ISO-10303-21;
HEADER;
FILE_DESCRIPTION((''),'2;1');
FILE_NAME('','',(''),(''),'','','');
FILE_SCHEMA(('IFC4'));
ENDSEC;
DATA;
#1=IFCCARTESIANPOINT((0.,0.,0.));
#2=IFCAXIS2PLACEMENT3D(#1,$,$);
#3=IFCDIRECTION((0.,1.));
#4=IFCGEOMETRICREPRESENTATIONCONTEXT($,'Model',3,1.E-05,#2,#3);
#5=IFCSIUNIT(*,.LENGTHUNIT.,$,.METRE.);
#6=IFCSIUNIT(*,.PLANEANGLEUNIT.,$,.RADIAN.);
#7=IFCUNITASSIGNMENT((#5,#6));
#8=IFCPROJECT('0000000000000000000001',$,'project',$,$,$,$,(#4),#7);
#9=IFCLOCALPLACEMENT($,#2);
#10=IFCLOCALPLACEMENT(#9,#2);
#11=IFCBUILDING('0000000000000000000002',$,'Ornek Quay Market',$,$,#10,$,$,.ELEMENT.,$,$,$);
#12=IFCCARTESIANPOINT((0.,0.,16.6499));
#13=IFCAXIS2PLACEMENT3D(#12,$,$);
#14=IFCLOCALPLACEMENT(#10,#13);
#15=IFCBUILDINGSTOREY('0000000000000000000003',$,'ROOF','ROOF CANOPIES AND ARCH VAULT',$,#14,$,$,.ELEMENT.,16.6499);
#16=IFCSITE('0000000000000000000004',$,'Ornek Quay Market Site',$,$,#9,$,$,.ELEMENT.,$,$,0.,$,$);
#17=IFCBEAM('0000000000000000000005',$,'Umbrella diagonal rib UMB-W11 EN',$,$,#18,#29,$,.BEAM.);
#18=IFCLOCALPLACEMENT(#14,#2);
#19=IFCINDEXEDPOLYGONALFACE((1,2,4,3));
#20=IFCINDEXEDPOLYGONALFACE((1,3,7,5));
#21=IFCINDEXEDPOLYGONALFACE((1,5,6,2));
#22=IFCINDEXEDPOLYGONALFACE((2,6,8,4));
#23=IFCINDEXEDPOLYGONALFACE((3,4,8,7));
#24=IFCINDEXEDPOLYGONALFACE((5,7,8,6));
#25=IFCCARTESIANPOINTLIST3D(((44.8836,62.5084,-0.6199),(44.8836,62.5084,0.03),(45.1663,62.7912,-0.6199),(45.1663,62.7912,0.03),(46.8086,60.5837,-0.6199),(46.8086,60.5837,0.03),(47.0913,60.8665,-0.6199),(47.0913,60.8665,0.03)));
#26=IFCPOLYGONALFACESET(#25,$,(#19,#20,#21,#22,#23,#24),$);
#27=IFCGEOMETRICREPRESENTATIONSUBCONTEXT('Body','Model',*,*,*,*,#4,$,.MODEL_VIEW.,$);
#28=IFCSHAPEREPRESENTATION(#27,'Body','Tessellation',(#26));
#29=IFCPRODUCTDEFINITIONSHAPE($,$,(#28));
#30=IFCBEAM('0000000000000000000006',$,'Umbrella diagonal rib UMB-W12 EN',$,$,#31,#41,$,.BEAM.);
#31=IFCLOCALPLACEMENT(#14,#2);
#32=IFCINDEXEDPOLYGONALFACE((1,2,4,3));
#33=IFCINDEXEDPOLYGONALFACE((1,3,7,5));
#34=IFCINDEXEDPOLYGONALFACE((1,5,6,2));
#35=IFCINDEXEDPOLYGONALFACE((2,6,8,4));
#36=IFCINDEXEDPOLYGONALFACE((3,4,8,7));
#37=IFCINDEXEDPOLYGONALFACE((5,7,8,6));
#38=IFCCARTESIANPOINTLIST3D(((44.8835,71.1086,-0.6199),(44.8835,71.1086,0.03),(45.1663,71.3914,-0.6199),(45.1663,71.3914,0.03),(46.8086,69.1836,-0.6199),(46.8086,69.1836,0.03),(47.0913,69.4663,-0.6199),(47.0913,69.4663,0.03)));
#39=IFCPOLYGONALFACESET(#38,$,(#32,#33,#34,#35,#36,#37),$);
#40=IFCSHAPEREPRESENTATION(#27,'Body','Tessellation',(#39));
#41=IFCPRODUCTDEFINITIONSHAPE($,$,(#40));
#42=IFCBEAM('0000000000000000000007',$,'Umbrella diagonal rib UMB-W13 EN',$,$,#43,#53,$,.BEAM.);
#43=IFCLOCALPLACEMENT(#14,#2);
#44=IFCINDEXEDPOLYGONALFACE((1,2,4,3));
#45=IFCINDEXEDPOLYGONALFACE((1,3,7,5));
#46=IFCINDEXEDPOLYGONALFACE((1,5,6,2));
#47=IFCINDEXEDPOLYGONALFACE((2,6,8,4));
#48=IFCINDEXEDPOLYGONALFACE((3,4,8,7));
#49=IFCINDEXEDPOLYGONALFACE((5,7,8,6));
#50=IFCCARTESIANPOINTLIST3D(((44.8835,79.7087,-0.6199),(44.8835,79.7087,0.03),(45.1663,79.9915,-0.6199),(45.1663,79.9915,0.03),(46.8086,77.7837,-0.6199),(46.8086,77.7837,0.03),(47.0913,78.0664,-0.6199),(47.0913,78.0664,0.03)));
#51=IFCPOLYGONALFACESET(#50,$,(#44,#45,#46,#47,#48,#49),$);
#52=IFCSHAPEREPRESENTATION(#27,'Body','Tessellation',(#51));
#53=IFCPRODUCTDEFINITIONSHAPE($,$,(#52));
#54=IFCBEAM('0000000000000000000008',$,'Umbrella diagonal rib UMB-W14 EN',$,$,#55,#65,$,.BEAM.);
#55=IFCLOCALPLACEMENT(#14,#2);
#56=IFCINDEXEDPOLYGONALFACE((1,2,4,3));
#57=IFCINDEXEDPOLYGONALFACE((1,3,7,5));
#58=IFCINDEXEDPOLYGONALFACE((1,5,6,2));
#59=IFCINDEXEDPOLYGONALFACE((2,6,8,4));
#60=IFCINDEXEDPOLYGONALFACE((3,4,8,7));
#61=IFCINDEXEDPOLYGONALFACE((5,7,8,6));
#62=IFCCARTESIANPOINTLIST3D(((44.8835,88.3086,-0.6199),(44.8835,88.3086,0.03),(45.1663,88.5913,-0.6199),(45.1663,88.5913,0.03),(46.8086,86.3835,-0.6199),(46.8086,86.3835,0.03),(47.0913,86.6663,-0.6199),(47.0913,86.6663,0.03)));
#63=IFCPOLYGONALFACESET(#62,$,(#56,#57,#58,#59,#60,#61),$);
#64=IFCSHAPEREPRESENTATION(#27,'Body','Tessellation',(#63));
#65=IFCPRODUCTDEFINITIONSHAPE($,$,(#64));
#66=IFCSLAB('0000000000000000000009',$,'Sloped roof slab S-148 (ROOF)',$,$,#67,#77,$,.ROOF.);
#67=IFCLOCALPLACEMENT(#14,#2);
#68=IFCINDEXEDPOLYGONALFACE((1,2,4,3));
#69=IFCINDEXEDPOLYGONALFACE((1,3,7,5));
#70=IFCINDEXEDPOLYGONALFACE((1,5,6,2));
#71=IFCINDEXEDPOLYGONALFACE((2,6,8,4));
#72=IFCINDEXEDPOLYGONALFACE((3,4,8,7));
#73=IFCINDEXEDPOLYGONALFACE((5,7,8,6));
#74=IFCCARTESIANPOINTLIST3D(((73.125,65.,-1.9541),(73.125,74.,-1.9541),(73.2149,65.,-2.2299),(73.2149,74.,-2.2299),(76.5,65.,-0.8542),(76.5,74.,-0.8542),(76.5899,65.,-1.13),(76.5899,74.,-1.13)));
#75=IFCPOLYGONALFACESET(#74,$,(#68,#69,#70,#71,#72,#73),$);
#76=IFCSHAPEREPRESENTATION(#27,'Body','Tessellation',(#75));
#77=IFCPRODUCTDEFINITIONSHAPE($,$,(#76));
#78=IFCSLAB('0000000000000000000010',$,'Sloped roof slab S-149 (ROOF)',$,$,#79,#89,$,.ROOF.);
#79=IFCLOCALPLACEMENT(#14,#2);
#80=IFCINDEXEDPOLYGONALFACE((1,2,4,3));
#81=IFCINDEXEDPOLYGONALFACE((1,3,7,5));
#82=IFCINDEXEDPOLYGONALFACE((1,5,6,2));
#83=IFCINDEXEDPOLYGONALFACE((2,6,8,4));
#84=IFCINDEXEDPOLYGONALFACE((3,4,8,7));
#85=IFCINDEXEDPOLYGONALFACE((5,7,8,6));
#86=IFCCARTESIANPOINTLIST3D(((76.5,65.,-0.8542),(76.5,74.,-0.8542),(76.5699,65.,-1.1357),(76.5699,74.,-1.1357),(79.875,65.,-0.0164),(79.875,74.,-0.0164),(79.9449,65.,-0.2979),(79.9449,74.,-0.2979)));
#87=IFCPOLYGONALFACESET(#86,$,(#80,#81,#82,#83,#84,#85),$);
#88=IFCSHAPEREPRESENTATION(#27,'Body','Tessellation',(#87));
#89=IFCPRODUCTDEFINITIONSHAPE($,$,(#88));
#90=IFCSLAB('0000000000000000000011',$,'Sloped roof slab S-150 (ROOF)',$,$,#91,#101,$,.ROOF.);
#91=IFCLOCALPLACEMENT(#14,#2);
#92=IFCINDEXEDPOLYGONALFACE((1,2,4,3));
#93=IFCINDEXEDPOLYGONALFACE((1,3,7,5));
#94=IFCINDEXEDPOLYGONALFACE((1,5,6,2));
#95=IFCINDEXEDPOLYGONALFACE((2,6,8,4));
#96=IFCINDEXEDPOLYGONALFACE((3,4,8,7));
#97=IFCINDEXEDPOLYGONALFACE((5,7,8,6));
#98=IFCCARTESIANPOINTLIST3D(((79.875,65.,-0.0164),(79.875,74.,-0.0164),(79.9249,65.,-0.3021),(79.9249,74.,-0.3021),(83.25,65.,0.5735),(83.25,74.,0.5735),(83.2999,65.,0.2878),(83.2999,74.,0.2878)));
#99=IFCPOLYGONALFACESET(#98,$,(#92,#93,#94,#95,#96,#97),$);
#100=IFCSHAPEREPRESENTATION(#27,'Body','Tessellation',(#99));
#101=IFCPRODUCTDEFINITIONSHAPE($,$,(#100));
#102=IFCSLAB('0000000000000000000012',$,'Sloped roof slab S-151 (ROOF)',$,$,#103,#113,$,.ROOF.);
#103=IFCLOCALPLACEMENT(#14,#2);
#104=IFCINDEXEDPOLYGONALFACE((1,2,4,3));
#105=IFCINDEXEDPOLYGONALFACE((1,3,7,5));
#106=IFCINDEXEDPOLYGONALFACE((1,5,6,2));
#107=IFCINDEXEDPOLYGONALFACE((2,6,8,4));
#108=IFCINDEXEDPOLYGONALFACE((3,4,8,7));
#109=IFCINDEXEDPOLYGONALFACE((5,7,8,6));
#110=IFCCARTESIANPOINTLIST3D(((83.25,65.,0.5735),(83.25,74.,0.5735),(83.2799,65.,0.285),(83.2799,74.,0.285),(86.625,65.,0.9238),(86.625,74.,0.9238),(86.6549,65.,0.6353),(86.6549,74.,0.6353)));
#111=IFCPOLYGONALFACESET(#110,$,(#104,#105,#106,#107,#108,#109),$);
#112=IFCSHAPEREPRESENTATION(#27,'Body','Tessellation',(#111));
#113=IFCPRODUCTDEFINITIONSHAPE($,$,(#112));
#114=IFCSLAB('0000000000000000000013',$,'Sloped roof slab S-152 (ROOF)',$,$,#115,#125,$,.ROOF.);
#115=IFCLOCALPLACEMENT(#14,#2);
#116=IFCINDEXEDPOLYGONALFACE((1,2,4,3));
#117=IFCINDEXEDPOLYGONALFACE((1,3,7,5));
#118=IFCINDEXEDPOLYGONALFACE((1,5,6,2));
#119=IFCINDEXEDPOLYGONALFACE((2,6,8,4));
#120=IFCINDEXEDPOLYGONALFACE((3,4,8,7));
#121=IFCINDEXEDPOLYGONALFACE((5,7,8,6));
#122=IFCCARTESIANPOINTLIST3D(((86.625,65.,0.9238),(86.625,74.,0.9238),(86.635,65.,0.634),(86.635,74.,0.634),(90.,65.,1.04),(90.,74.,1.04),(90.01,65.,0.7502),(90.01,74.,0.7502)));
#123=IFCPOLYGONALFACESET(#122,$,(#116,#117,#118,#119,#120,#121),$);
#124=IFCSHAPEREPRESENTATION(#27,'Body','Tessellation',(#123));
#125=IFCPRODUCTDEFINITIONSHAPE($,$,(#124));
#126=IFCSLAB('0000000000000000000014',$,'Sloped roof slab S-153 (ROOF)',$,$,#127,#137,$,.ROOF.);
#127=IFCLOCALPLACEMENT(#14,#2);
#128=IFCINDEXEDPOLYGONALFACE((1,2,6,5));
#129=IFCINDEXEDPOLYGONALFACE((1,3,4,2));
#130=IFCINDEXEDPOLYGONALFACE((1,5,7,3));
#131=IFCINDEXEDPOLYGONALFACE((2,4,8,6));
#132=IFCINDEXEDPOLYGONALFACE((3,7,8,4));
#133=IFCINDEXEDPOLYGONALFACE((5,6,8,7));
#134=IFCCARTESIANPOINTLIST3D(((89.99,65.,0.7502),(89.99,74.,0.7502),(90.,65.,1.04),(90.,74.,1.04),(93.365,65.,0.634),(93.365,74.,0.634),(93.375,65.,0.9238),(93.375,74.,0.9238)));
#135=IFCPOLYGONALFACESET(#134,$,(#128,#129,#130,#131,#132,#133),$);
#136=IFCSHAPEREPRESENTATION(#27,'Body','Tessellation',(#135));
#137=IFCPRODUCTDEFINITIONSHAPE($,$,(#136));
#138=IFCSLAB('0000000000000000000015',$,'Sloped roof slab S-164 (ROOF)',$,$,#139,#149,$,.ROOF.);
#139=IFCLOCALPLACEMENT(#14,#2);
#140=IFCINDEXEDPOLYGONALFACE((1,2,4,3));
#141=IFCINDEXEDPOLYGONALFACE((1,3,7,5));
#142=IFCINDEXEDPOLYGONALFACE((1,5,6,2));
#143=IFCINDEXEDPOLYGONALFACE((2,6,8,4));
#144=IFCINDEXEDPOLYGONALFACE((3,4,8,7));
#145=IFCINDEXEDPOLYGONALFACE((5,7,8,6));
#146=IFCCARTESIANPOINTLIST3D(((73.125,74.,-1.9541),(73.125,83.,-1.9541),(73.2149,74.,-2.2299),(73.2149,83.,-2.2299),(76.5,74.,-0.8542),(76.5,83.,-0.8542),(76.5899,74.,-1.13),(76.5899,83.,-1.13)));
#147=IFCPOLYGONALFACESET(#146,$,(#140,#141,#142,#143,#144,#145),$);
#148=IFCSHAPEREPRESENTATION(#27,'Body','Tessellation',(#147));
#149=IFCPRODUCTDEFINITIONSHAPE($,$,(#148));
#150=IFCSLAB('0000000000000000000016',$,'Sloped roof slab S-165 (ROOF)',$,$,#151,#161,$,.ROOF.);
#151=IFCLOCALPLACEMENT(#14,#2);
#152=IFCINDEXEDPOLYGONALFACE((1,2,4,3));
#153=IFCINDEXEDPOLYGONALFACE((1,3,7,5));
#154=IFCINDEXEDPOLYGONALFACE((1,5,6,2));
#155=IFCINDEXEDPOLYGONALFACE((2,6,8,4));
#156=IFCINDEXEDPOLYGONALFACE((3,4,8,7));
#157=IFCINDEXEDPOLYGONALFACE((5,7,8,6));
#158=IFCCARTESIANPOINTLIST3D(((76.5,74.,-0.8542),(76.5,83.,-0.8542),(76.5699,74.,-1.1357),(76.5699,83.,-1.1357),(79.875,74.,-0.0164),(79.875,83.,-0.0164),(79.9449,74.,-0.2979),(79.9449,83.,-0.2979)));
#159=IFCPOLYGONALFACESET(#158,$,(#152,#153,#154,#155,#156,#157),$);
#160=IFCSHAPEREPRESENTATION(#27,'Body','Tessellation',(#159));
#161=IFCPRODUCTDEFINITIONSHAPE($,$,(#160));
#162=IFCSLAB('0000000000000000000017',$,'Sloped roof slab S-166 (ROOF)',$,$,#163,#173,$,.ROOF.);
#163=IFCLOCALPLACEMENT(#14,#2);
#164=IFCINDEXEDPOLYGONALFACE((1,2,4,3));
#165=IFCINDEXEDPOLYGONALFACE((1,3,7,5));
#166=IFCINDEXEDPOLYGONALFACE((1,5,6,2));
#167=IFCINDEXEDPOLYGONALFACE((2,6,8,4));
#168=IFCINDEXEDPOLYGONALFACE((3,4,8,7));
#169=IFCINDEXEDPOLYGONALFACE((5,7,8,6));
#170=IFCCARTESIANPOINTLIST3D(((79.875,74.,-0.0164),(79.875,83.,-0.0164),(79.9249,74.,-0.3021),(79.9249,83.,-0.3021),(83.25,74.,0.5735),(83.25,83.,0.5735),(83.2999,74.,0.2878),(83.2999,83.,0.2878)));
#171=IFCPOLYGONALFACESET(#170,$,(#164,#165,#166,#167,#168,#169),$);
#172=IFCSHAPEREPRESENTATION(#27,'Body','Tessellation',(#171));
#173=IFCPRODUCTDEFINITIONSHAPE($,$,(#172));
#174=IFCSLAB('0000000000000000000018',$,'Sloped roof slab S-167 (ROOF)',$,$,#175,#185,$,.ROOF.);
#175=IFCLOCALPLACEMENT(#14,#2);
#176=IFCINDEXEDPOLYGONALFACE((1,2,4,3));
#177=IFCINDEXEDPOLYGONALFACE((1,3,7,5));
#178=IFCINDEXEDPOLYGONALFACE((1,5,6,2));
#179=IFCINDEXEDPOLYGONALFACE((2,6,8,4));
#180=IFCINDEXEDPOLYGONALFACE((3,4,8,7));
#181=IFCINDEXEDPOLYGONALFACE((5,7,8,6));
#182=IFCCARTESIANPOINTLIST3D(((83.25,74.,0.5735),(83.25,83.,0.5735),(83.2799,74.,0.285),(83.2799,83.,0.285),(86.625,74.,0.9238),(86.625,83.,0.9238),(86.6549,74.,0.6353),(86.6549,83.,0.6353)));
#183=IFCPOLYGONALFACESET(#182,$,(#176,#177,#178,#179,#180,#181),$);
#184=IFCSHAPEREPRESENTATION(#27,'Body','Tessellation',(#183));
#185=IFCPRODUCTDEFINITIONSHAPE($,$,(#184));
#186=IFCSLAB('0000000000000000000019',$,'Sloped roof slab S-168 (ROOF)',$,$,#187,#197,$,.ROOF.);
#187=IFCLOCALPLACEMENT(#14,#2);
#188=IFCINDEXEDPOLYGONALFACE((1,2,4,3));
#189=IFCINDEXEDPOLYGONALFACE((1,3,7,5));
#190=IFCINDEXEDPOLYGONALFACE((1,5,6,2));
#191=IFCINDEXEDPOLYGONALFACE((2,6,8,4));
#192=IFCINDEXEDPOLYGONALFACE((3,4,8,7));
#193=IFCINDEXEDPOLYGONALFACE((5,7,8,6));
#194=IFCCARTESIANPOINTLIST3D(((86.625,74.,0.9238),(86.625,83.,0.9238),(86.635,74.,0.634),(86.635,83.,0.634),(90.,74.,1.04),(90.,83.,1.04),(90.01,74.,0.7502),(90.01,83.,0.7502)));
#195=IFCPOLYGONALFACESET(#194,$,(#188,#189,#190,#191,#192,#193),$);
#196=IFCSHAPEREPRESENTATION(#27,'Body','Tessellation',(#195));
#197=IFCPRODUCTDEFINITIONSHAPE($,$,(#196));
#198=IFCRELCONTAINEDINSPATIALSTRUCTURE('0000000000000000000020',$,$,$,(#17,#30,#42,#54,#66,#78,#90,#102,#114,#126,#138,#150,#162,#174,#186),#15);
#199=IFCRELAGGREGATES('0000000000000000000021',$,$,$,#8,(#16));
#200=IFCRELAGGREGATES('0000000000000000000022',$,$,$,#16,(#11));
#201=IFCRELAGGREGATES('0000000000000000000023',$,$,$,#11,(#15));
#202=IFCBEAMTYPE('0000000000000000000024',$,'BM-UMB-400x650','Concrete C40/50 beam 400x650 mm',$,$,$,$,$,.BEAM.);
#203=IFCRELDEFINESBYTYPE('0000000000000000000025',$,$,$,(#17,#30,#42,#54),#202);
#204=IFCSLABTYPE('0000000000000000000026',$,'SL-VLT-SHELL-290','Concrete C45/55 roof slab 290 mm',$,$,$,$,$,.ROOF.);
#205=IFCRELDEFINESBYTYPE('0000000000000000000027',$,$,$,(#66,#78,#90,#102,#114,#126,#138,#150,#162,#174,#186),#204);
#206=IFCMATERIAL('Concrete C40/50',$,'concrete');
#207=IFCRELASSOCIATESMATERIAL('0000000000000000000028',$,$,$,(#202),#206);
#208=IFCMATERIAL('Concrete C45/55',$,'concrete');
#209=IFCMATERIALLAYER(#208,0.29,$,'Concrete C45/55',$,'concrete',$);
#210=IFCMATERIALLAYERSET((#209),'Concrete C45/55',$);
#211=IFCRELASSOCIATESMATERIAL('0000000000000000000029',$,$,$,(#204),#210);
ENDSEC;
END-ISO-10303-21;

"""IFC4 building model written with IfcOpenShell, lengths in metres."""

from ifc_helpers import new_model, si_unit, direction, frame, origin, origin_2d, place, context, subcontext, project, spatial, polyline, rectangle, outline, extrude, material, layer, layer_set, material_profile, profile_set, type_object, element, save


model = new_model("IFC4")

# Units and contexts
model_context = context("Model", 3, precision=1e-05, world=origin(), true_north=direction((0.0, 1.0)))
body_context = subcontext(model_context, "Body", "Model", "MODEL_VIEW")
ifc_project = project(units=[si_unit("LENGTHUNIT", "METRE"), si_unit("PLANEANGLEUNIT", "RADIAN")], contexts=[model_context])

# Site, building, storey
site_placement = place(None, origin())
site = spatial("IfcSite", under=ifc_project, at=site_placement, Name="Ornek Quay Market Site", CompositionType="ELEMENT", RefElevation=0.0)
building_placement = place(site_placement, origin())
building = spatial("IfcBuilding", under=site, at=building_placement, Name="Ornek Quay Market", CompositionType="ELEMENT")
storey_placement = place(building_placement, frame((0.0, 0.0, 16.6499)))
storey = spatial("IfcBuildingStorey", under=building, at=storey_placement, Name="ROOF", Description="ROOF CANOPIES AND ARCH VAULT", CompositionType="ELEMENT", Elevation=16.6499)

# Beams
ifc_material_1 = material(Name="Concrete C40/50", Category="concrete")
ifc_material_profile = material_profile(ifc_material_1, rectangle(XDim=0.3999, YDim=0.6499, at=origin_2d()), Name="RC 400x650", Category="concrete")
ifc_profile_set = profile_set([ifc_material_profile], Name="Concrete C40/50")
beam_type = type_object("IfcBeamType", Name="BM-UMB-400x650", Description="Concrete C40/50 beam 400x650 mm", PredefinedType="BEAM", material=ifc_profile_set)
beam_placement = place(storey_placement, frame((46.95, 60.7251, -0.2949), z_axis=(-0.707152, 0.707062, 0.0), x_axis=(-0.707062, -0.707152, 0.0)))
element("IfcBeam", 1, at=beam_placement, inside=storey, type_object=beam_type, Name="Umbrella diagonal rib UMB-W11 EN", PredefinedType="BEAM", context=body_context, shape_type="SweptSolid", body=[
    extrude(rectangle(XDim=0.3999, YDim=0.6499, at=origin_2d()), origin(), (0.0, 0.0, 1.0), 2.7222),
])
for number, where, z_axis, x_axis, name in (
    (2, (46.95, 69.325, -0.2949), (-0.707107, 0.707107, 0.0), (-0.707107, -0.707107, 0.0), "Umbrella diagonal rib UMB-W12 EN"),
    (3, (46.95, 77.925, -0.2949), (-0.707107, 0.707107, 0.0), (-0.707107, -0.707107, 0.0), "Umbrella diagonal rib UMB-W13 EN"),
    (4, (46.95, 86.5249, -0.2949), (-0.707107, 0.707107, 0.0), (-0.707107, -0.707107, 0.0), "Umbrella diagonal rib UMB-W14 EN"),
):
    element("IfcBeam", number, at=place(storey_placement, frame(where, z_axis=z_axis, x_axis=x_axis)), inside=storey, type_object=beam_type, Name=name, PredefinedType="BEAM", context=body_context, shape_type="SweptSolid", body=[
        extrude(rectangle(XDim=0.3999, YDim=0.6499, at=origin_2d()), origin(), (0.0, 0.0, 1.0), 2.7224),
    ])

# Slabs
ifc_material_2 = material(Name="Concrete C45/55", Category="concrete")
ifc_layer = layer(ifc_material_2, 0.29, Name="Concrete C45/55", Category="concrete")
ifc_layer_set = layer_set([ifc_layer], Name="Concrete C45/55")
slab_type = type_object("IfcSlabType", Name="SL-VLT-SHELL-290", Description="Concrete C45/55 roof slab 290 mm", PredefinedType="ROOF", material=ifc_layer_set)
slab_1_placement = place(storey_placement, frame((73.125, 65.0, -1.9541), z_axis=(-0.309845, 0.0, 0.950787), x_axis=(0.950787, 0.0, 0.309845)))
element("IfcSlab", 5, at=slab_1_placement, inside=storey, type_object=slab_type, Name="Sloped roof slab S-148 (ROOF)", PredefinedType="ROOF", context=body_context, shape_type="SweptSolid", body=[
    extrude(outline(polyline([(0.0, 0.0), (3.5497, 0.0), (3.5497, 9.0), (0.0, 9.0), (0.0, 0.0)])), origin(), (0.0, 0.0, -1.0), 0.29),
])
slab_2_placement = place(storey_placement, frame((76.5, 65.0, -0.8542), z_axis=(-0.240949, 0.0, 0.970538), x_axis=(0.970538, 0.0, 0.240949)))
element("IfcSlab", 6, at=slab_2_placement, inside=storey, type_object=slab_type, Name="Sloped roof slab S-149 (ROOF)", PredefinedType="ROOF", context=body_context, shape_type="SweptSolid", body=[
    extrude(outline(polyline([(0.0, 0.0), (3.4775, 0.0), (3.4775, 9.0), (0.0, 9.0), (0.0, 0.0)])), origin(), (0.0, 0.0, -1.0), 0.29),
])
slab_3_placement = place(storey_placement, frame((79.875, 65.0, -0.0164), z_axis=(-0.172159, 0.0, 0.985069), x_axis=(0.985069, 0.0, 0.172159)))
element("IfcSlab", 7, at=slab_3_placement, inside=storey, type_object=slab_type, Name="Sloped roof slab S-150 (ROOF)", PredefinedType="ROOF", context=body_context, shape_type="SweptSolid", body=[
    extrude(outline(polyline([(0.0, 0.0), (3.4262, 0.0), (3.4262, 9.0), (0.0, 9.0), (0.0, 0.0)])), origin(), (0.0, 0.0, -1.0), 0.29),
])
slab_4_placement = place(storey_placement, frame((83.25, 65.0, 0.5735), z_axis=(-0.10325, 0.0, 0.994655), x_axis=(0.994655, 0.0, 0.10325)))
element("IfcSlab", 8, at=slab_4_placement, inside=storey, type_object=slab_type, Name="Sloped roof slab S-151 (ROOF)", PredefinedType="ROOF", context=body_context, shape_type="SweptSolid", body=[
    extrude(outline(polyline([(0.0, 0.0), (3.3931, 0.0), (3.3931, 9.0), (0.0, 9.0), (0.0, 0.0)])), origin(), (0.0, 0.0, -1.0), 0.29),
])
for number, where, z_axis, x_axis, name in (
    (9, (86.625, 65.0, 0.9238), (-0.034412, 0.0, 0.999408), (0.999408, 0.0, 0.034412), "Sloped roof slab S-152 (ROOF)"),
    (10, (90.0, 65.0, 1.04), (0.034412, 0.0, 0.999408), (0.999408, 0.0, -0.034412), "Sloped roof slab S-153 (ROOF)"),
):
    element("IfcSlab", number, at=place(storey_placement, frame(where, z_axis=z_axis, x_axis=x_axis)), inside=storey, type_object=slab_type, Name=name, PredefinedType="ROOF", context=body_context, shape_type="SweptSolid", body=[
        extrude(outline(polyline([(0.0, 0.0), (3.377, 0.0), (3.377, 9.0), (0.0, 9.0), (0.0, 0.0)])), origin(), (0.0, 0.0, -1.0), 0.29),
    ])
slab_5_placement = place(storey_placement, frame((73.125, 74.0, -1.9541), z_axis=(-0.309845, 0.0, 0.950787), x_axis=(0.950787, 0.0, 0.309845)))
element("IfcSlab", 11, at=slab_5_placement, inside=storey, type_object=slab_type, Name="Sloped roof slab S-164 (ROOF)", PredefinedType="ROOF", context=body_context, shape_type="SweptSolid", body=[
    extrude(outline(polyline([(0.0, 0.0), (3.5497, 0.0), (3.5497, 9.0), (0.0, 9.0), (0.0, 0.0)])), origin(), (0.0, 0.0, -1.0), 0.29),
])
slab_6_placement = place(storey_placement, frame((76.5, 74.0, -0.8542), z_axis=(-0.240949, 0.0, 0.970538), x_axis=(0.970538, 0.0, 0.240949)))
element("IfcSlab", 12, at=slab_6_placement, inside=storey, type_object=slab_type, Name="Sloped roof slab S-165 (ROOF)", PredefinedType="ROOF", context=body_context, shape_type="SweptSolid", body=[
    extrude(outline(polyline([(0.0, 0.0), (3.4775, 0.0), (3.4775, 9.0), (0.0, 9.0), (0.0, 0.0)])), origin(), (0.0, 0.0, -1.0), 0.29),
])
slab_7_placement = place(storey_placement, frame((79.875, 74.0, -0.0164), z_axis=(-0.172159, 0.0, 0.985069), x_axis=(0.985069, 0.0, 0.172159)))
element("IfcSlab", 13, at=slab_7_placement, inside=storey, type_object=slab_type, Name="Sloped roof slab S-166 (ROOF)", PredefinedType="ROOF", context=body_context, shape_type="SweptSolid", body=[
    extrude(outline(polyline([(0.0, 0.0), (3.4262, 0.0), (3.4262, 9.0), (0.0, 9.0), (0.0, 0.0)])), origin(), (0.0, 0.0, -1.0), 0.29),
])
slab_8_placement = place(storey_placement, frame((83.25, 74.0, 0.5735), z_axis=(-0.10325, 0.0, 0.994655), x_axis=(0.994655, 0.0, 0.10325)))
element("IfcSlab", 14, at=slab_8_placement, inside=storey, type_object=slab_type, Name="Sloped roof slab S-167 (ROOF)", PredefinedType="ROOF", context=body_context, shape_type="SweptSolid", body=[
    extrude(outline(polyline([(0.0, 0.0), (3.3931, 0.0), (3.3931, 9.0), (0.0, 9.0), (0.0, 0.0)])), origin(), (0.0, 0.0, -1.0), 0.29),
])
for number, where, z_axis, x_axis, name in (
    (15, (86.625, 74.0, 0.9238), (-0.034412, 0.0, 0.999408), (0.999408, 0.0, 0.034412), "Sloped roof slab S-168 (ROOF)"),
):
    element("IfcSlab", number, at=place(storey_placement, frame(where, z_axis=z_axis, x_axis=x_axis)), inside=storey, type_object=slab_type, Name=name, PredefinedType="ROOF", context=body_context, shape_type="SweptSolid", body=[
        extrude(outline(polyline([(0.0, 0.0), (3.377, 0.0), (3.377, 9.0), (0.0, 9.0), (0.0, 0.0)])), origin(), (0.0, 0.0, -1.0), 0.29),
    ])

save(model, "model.ifc")
